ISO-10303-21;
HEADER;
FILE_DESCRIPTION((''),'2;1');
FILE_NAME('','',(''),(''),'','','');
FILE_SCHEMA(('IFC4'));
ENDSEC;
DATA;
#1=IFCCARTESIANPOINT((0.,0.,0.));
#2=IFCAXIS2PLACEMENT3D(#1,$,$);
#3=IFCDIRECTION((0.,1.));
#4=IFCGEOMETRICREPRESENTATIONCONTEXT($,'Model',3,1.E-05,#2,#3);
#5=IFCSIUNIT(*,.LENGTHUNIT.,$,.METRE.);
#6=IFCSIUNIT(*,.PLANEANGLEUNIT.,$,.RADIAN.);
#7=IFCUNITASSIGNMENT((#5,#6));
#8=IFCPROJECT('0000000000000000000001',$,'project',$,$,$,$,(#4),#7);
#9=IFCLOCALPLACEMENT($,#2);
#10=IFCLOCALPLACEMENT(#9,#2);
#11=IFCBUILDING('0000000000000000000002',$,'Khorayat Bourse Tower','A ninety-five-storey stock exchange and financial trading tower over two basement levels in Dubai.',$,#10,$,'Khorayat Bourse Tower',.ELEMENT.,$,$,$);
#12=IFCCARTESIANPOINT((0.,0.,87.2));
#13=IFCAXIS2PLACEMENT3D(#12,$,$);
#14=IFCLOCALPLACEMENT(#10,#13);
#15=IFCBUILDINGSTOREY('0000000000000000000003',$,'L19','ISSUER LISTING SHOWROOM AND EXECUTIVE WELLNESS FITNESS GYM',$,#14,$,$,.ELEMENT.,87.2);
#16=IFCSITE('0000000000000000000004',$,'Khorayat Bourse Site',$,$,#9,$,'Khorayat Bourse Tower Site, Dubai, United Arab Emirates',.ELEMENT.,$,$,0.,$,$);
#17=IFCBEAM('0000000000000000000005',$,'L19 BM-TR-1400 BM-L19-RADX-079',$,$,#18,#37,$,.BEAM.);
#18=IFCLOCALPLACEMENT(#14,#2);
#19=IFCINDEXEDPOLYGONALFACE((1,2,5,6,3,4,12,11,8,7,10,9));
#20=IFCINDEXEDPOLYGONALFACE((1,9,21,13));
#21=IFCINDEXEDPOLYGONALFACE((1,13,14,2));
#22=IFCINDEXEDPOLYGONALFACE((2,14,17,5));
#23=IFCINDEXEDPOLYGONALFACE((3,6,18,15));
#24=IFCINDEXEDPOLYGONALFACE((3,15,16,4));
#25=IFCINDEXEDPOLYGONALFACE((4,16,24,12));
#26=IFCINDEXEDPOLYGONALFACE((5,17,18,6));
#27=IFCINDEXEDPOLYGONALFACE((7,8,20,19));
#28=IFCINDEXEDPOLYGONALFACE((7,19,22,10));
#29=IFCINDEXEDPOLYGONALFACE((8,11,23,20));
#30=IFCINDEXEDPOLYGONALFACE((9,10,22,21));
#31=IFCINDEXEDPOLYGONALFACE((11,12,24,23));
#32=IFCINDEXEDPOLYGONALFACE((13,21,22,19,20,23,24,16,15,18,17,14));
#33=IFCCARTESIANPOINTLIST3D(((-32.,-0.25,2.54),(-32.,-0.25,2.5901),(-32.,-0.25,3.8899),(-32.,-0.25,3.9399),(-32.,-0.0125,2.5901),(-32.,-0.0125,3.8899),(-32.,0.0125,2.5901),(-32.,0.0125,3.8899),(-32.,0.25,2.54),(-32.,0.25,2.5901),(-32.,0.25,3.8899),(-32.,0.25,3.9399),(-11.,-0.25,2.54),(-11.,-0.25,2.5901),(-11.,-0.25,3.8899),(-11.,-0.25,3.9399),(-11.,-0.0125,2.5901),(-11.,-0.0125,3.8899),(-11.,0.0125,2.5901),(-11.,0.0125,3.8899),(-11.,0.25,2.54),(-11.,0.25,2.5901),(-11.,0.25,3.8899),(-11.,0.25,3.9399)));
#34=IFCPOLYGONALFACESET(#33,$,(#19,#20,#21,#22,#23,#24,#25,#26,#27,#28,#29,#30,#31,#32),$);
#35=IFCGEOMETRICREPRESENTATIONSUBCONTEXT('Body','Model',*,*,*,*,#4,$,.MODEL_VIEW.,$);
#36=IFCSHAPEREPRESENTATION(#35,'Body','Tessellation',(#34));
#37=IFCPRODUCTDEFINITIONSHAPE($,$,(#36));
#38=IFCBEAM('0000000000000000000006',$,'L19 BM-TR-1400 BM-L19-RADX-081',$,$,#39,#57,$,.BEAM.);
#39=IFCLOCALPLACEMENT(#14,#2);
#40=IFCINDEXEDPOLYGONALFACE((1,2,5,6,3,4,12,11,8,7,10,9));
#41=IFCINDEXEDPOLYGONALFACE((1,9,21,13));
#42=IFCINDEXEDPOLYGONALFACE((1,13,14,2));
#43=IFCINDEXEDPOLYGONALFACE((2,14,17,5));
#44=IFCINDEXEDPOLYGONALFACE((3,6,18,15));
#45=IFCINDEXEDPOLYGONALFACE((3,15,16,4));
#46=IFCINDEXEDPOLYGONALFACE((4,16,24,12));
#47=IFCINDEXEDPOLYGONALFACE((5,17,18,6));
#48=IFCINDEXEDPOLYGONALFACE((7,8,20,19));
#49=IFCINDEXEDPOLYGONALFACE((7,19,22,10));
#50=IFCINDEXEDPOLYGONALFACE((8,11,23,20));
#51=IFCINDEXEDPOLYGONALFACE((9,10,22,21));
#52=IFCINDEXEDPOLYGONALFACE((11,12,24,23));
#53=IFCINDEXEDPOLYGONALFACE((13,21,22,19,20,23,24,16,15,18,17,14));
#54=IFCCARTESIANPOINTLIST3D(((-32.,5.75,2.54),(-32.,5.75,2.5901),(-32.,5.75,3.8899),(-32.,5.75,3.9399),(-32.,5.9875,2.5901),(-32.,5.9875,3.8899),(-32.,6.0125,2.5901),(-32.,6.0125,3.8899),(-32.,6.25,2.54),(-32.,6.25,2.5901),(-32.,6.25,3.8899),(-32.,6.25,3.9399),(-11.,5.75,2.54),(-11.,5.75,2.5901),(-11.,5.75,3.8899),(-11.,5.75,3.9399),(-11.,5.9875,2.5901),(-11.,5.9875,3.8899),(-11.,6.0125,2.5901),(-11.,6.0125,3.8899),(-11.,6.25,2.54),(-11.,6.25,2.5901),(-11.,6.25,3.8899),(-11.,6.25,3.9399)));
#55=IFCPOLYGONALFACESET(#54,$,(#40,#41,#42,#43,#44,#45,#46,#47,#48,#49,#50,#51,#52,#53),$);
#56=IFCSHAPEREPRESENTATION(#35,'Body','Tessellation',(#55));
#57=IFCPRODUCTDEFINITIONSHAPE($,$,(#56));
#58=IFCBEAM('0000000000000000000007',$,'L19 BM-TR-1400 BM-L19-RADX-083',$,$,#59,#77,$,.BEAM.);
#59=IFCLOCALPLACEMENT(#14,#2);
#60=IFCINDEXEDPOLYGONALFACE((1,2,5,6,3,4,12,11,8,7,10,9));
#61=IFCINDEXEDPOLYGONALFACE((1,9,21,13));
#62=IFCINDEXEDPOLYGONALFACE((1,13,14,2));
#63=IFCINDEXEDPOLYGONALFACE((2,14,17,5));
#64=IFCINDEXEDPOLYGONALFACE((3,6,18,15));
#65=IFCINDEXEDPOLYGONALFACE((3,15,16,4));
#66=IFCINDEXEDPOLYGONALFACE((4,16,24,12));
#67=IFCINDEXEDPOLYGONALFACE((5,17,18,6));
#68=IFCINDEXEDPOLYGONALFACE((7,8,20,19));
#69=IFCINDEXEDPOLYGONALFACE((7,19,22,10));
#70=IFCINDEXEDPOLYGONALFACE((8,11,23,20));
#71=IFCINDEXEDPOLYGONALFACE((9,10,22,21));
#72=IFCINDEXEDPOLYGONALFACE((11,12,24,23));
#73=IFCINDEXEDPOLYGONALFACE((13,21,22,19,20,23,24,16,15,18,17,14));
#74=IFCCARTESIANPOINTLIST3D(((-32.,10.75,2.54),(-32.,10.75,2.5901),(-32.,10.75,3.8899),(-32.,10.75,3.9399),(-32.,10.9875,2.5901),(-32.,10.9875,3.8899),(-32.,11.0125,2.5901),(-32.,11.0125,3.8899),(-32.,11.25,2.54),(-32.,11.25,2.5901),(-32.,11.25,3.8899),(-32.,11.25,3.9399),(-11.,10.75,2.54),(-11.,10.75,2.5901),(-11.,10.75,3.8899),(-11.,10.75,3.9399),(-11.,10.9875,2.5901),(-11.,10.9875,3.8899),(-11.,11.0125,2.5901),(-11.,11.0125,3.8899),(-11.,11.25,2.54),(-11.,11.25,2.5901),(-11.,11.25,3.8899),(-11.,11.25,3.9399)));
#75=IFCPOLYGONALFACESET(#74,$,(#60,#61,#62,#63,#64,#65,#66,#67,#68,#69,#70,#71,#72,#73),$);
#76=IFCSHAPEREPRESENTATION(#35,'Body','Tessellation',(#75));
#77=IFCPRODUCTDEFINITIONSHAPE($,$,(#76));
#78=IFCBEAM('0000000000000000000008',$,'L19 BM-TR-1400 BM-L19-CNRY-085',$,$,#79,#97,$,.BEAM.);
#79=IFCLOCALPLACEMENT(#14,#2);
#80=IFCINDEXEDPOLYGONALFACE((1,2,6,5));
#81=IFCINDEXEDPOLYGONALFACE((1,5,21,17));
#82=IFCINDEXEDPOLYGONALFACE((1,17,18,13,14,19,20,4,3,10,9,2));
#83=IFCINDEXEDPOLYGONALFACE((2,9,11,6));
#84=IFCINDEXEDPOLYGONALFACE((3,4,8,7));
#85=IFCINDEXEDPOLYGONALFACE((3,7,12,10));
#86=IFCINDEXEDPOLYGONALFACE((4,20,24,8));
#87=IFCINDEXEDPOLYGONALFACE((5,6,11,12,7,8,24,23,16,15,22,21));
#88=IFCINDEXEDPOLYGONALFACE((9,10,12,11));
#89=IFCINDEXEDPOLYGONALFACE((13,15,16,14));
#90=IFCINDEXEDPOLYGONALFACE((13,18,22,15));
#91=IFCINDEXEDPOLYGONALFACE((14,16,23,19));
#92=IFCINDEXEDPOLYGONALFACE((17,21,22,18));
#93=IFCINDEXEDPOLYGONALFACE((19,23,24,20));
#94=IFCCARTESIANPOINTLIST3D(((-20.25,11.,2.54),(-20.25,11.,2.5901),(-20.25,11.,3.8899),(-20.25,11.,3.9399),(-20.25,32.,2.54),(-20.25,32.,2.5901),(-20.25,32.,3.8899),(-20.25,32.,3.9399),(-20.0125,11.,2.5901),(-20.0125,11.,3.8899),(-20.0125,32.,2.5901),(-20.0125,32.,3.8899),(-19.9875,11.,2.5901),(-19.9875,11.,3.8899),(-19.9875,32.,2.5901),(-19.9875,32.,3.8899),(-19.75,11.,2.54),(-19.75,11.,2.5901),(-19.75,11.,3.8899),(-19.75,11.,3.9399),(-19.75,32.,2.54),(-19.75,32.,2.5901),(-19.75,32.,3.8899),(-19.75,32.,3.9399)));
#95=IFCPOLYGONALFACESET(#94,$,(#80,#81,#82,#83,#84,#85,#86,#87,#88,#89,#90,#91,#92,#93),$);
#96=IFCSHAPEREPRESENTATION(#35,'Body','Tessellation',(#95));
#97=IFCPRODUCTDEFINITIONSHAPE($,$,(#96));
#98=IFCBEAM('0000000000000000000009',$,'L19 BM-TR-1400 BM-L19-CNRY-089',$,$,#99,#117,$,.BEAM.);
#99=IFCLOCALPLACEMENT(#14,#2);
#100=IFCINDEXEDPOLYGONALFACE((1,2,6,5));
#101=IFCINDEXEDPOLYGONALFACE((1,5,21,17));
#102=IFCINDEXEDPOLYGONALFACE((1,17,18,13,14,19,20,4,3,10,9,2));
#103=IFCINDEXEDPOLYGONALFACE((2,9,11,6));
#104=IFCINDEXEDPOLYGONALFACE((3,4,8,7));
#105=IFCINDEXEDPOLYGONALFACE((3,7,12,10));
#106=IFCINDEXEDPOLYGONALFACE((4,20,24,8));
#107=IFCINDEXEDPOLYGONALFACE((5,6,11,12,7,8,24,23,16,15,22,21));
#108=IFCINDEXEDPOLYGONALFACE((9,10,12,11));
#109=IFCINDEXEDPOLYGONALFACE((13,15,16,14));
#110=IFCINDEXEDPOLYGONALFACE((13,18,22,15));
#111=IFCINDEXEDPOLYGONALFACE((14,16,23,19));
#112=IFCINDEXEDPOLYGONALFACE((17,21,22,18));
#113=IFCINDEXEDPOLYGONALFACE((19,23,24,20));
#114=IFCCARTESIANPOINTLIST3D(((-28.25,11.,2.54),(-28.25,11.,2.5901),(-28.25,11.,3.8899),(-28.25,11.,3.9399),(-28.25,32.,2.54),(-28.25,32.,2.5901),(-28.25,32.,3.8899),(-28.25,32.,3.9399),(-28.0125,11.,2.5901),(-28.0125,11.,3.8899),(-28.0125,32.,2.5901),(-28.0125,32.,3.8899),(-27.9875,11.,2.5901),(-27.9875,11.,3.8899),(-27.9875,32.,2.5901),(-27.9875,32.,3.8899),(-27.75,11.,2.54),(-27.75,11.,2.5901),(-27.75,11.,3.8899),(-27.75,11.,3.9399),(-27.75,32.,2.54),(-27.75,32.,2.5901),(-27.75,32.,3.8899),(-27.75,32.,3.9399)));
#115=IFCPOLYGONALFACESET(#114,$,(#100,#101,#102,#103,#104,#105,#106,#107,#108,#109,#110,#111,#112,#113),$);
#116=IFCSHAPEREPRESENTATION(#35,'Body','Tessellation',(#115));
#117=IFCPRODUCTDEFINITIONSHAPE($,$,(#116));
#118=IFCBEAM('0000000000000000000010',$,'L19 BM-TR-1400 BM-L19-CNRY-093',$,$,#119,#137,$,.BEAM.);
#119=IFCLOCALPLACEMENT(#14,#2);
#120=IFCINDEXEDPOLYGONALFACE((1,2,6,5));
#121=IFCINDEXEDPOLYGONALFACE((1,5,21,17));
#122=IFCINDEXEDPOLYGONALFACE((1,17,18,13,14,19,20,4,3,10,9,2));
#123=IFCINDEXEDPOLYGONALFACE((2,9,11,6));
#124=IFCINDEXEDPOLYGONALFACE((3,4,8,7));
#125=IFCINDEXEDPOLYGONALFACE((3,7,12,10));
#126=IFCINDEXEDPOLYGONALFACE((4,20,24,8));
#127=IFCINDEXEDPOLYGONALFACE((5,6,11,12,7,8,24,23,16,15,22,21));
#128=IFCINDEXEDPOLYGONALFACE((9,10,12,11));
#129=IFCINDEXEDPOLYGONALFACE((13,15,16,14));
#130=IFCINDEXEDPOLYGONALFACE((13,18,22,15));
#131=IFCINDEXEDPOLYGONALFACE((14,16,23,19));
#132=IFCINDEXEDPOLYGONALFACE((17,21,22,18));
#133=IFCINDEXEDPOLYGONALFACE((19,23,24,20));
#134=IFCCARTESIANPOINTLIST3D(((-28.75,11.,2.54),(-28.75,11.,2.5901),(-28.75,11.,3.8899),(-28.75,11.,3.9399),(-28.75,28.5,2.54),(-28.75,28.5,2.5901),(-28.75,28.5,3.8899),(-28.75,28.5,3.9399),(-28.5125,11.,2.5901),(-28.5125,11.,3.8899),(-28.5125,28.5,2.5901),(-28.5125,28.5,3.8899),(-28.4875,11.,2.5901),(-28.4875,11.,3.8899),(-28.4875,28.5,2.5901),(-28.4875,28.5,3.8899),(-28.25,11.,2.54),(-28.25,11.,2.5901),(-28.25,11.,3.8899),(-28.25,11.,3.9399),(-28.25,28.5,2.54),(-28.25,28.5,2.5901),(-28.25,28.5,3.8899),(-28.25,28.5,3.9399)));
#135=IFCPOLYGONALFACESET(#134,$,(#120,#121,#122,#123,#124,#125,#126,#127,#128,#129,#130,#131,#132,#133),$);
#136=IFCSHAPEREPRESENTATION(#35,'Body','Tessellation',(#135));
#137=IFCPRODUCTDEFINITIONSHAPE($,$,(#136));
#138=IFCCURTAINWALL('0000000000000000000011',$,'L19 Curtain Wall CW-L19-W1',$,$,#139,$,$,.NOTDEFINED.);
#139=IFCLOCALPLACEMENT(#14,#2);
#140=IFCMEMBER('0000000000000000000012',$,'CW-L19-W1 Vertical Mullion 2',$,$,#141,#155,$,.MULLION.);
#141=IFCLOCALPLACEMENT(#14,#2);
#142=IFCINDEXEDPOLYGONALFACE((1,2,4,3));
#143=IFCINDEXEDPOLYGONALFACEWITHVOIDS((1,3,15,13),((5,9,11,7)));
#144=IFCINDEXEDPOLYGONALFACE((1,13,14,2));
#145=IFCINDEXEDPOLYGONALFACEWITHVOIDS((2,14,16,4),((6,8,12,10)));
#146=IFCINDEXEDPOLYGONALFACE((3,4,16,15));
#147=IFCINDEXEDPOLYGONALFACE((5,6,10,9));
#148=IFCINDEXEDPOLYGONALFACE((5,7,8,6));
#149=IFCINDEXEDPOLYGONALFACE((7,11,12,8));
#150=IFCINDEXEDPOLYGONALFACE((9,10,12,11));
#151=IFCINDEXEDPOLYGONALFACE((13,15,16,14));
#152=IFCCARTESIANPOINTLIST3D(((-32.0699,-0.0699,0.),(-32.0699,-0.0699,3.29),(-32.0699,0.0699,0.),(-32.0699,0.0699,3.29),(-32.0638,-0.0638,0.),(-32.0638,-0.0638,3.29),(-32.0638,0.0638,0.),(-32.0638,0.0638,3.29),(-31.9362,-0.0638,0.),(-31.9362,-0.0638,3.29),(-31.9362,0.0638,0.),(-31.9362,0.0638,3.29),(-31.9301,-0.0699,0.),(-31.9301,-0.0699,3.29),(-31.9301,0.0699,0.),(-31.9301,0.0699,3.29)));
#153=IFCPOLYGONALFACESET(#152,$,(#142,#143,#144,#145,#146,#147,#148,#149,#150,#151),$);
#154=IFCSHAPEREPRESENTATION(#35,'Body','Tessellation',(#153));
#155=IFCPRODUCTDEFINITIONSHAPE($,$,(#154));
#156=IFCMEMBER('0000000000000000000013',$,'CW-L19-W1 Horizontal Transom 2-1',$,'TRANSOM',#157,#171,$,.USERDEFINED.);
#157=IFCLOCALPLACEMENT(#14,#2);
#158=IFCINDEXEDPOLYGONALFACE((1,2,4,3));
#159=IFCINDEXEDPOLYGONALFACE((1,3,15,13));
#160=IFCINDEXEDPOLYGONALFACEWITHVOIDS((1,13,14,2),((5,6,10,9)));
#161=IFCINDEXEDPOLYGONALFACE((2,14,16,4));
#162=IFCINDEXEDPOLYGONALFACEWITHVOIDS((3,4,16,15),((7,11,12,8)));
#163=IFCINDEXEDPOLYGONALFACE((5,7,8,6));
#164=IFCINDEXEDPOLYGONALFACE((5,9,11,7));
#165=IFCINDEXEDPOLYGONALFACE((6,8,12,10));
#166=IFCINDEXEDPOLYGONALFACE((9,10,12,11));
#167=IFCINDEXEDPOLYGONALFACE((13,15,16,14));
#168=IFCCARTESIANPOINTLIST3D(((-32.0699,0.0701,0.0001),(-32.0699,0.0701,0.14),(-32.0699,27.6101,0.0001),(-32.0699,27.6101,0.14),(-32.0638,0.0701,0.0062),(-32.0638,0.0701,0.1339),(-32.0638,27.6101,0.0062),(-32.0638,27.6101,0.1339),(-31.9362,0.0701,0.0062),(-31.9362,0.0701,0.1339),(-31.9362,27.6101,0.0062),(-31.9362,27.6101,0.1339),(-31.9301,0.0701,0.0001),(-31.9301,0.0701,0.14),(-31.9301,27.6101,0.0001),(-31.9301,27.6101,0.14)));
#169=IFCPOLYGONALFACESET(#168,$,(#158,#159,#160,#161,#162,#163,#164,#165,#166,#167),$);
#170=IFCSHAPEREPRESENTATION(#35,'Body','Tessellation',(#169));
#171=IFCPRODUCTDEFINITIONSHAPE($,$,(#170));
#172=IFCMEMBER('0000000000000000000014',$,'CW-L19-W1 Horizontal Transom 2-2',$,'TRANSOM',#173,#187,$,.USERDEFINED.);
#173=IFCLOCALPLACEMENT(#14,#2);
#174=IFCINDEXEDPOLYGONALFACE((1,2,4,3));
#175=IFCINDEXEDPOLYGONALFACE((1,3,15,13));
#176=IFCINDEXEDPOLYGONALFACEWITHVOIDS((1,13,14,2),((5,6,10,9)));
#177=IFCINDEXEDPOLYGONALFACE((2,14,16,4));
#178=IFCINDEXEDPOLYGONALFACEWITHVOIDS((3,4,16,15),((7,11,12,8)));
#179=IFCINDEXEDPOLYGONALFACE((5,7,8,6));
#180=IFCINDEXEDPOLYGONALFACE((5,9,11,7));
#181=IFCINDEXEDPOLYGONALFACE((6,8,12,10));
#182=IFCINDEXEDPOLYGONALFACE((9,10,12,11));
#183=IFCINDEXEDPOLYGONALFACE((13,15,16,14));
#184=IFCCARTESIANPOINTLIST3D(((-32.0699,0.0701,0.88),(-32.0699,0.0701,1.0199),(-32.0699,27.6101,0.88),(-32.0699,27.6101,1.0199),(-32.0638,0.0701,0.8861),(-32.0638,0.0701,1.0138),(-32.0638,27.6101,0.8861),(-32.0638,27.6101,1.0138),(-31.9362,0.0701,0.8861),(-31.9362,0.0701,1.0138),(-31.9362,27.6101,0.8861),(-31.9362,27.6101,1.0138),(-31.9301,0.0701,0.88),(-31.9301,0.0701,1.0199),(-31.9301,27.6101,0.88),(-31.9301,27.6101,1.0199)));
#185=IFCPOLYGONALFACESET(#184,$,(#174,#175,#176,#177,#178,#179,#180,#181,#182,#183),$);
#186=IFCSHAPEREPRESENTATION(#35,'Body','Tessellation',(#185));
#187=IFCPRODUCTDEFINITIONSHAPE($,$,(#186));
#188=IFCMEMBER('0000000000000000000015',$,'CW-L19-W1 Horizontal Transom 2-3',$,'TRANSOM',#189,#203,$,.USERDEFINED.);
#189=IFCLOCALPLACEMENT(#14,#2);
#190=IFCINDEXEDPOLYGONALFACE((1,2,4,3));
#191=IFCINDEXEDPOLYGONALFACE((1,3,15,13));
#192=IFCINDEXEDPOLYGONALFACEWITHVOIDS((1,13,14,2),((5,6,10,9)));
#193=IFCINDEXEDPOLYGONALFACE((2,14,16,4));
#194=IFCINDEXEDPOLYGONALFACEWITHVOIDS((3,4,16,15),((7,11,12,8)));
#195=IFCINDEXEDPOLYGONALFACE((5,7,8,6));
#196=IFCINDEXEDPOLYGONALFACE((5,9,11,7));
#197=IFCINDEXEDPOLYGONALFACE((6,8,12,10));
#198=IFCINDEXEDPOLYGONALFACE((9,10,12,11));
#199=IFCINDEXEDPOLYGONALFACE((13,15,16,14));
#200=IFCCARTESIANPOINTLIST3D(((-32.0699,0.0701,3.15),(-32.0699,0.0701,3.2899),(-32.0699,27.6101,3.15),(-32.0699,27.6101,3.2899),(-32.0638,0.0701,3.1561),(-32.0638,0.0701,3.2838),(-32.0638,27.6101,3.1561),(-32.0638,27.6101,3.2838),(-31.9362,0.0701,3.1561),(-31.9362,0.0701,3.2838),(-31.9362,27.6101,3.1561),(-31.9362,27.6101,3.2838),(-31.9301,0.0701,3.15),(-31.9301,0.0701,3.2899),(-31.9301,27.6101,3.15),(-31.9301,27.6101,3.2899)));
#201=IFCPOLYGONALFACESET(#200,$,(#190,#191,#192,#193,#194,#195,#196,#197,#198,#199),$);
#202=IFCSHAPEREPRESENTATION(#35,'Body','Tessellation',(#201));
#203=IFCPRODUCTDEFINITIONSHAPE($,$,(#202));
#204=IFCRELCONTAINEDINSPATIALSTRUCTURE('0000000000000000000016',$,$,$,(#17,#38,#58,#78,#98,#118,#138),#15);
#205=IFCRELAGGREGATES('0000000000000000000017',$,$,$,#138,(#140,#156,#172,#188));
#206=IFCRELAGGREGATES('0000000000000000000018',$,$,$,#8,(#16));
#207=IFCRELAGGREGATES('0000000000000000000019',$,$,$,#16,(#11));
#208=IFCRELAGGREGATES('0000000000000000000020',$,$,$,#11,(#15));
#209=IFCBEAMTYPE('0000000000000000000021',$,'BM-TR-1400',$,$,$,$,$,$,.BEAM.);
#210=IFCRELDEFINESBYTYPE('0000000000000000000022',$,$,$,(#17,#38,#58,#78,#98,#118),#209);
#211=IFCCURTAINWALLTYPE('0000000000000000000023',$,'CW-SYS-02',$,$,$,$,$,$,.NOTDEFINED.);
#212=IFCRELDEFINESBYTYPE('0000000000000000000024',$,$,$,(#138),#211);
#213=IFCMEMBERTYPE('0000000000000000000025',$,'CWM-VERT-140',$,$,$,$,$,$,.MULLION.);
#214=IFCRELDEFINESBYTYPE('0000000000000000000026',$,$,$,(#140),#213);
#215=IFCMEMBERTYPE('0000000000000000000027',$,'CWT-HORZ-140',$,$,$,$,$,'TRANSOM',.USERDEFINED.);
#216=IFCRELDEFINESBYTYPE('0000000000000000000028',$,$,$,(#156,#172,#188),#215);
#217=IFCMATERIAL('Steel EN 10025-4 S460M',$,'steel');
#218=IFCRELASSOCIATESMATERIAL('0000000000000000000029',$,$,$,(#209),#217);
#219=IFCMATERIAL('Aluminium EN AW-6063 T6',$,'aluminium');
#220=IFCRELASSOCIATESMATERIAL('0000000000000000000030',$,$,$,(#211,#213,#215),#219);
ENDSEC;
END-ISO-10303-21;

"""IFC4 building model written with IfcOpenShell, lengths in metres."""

from ifc_helpers import new_model, si_unit, direction, frame, origin, origin_2d, place, context, subcontext, project, spatial, hollow_rectangle, i_section, extrude, source, transform, mapped, material, material_profile, profile_set, type_object, element, aggregate, save


model = new_model("IFC4")

# Units and contexts
model_context = context("Model", 3, precision=1e-05, world=origin(), true_north=direction((0.0, 1.0)))
body_context = subcontext(model_context, "Body", "Model", "MODEL_VIEW")
ifc_project = project(units=[si_unit("LENGTHUNIT", "METRE"), si_unit("PLANEANGLEUNIT", "RADIAN")], contexts=[model_context])

# Site, building, storey
site_placement = place(None, origin())
site = spatial("IfcSite", under=ifc_project, at=site_placement, Name="Khorayat Bourse Site", LongName="Khorayat Bourse Tower Site, Dubai, United Arab Emirates", CompositionType="ELEMENT", RefElevation=0.0)
building_placement = place(site_placement, origin())
building = spatial("IfcBuilding", under=site, at=building_placement, Name="Khorayat Bourse Tower", Description="A ninety-five-storey stock exchange and financial trading tower over two basement levels in Dubai.", LongName="Khorayat Bourse Tower", CompositionType="ELEMENT")
storey_placement = place(building_placement, frame((0.0, 0.0, 87.2)))
storey = spatial("IfcBuildingStorey", under=building, at=storey_placement, Name="L19", Description="ISSUER LISTING SHOWROOM AND EXECUTIVE WELLNESS FITNESS GYM", CompositionType="ELEMENT", Elevation=87.2)

# Shared definitions
ifc_material_1 = material(Name="Steel EN 10025-4 S460M", Category="steel")

# Beams
ifc_material_profile_1 = material_profile(ifc_material_1, i_section(OverallWidth=0.5, OverallDepth=1.3999, WebThickness=0.0249, FlangeThickness=0.05, at=origin_2d()), Name="PG 1400x500x25x50")
ifc_profile_set_1 = profile_set([ifc_material_profile_1], Name="Steel EN 10025-4 S460M")
beam_type_1 = type_object("IfcBeamType", Name="BM-TR-1400", PredefinedType="BEAM", material=ifc_profile_set_1)
shared_shape_1 = source(origin(), body_context, "Body", "SweptSolid", [
    extrude(i_section(OverallWidth=0.5, OverallDepth=1.3999, WebThickness=0.0249, FlangeThickness=0.05, at=origin_2d()), origin(), (0.0, 0.0, 1.0), 21.0),
])
for number, where, z_axis, x_axis, name in (
    (1, (-32.0, 0.0, 3.24), (1.0, 0.0, 0.0), (0.0, 1.0, 0.0), "L19 BM-TR-1400 BM-L19-RADX-079"),
    (2, (-32.0, 6.0, 3.24), (1.0, 0.0, 0.0), (0.0, 1.0, 0.0), "L19 BM-TR-1400 BM-L19-RADX-081"),
    (3, (-32.0, 11.0, 3.24), (1.0, 0.0, 0.0), (0.0, 1.0, 0.0), "L19 BM-TR-1400 BM-L19-RADX-083"),
    (4, (-20.0, 11.0, 3.24), (0.0, 1.0, 0.0), (-1.0, 0.0, 0.0), "L19 BM-TR-1400 BM-L19-CNRY-085"),
    (5, (-28.0, 11.0, 3.24), (0.0, 1.0, 0.0), (-1.0, 0.0, 0.0), "L19 BM-TR-1400 BM-L19-CNRY-089"),
):
    element("IfcBeam", number, at=place(storey_placement, frame(where, z_axis=z_axis, x_axis=x_axis)), inside=storey, type_object=beam_type_1, Name=name, PredefinedType="BEAM", context=body_context, shape_type="MappedRepresentation", body=[
        mapped(shared_shape_1, transform((0.0, 0.0, 0.0), scale=1.0)),
    ])
shared_shape_2 = source(origin(), body_context, "Body", "SweptSolid", [
    extrude(i_section(OverallWidth=0.5, OverallDepth=1.3999, WebThickness=0.0249, FlangeThickness=0.05, at=origin_2d()), origin(), (0.0, 0.0, 1.0), 17.5),
])
beam_1_placement = place(storey_placement, frame((-28.5, 11.0, 3.24), z_axis=(0.0, 1.0, 0.0), x_axis=(-1.0, 0.0, 0.0)))
element("IfcBeam", 6, at=beam_1_placement, inside=storey, type_object=beam_type_1, Name="L19 BM-TR-1400 BM-L19-CNRY-093", PredefinedType="BEAM", context=body_context, shape_type="MappedRepresentation", body=[
    mapped(shared_shape_2, transform((0.0, 0.0, 0.0), scale=1.0)),
])

# Curtain wall, members
ifc_material_2 = material(Name="Aluminium EN AW-6063 T6", Category="aluminium")
curtain_wall_type = type_object("IfcCurtainWallType", Name="CW-SYS-02", PredefinedType="NOTDEFINED", material=ifc_material_2)
curtain_wall_placement = place(storey_placement, origin())
curtain_wall = element("IfcCurtainWall", 7, at=curtain_wall_placement, inside=storey, type_object=curtain_wall_type, Name="L19 Curtain Wall CW-L19-W1", PredefinedType="NOTDEFINED")
ifc_material_profile_2 = material_profile(ifc_material_2, hollow_rectangle(XDim=0.1399, YDim=0.1399, WallThickness=0.0061, at=origin_2d()), Name="ALU 140x140x6")
ifc_profile_set_2 = profile_set([ifc_material_profile_2], Name="Aluminium EN AW-6063 T6")
member_type_1 = type_object("IfcMemberType", Name="CWM-VERT-140", PredefinedType="MULLION", material=ifc_profile_set_2)
shared_shape_3 = source(origin(), body_context, "Body", "SweptSolid", [
    extrude(hollow_rectangle(XDim=0.1399, YDim=0.1399, WallThickness=0.0061, at=origin_2d()), origin(), (0.0, 0.0, 1.0), 3.29),
])
member_1_placement = place(storey_placement, frame((-32.0, 0.0, 0.0), z_axis=(0.0, 0.0, 1.0), x_axis=(-1.0, 0.0, 0.0)))
member_1 = element("IfcMember", 8, at=member_1_placement, type_object=member_type_1, Name="CW-L19-W1 Vertical Mullion 2", PredefinedType="MULLION", context=body_context, shape_type="MappedRepresentation", body=[
    mapped(shared_shape_3, transform((0.0, 0.0, 0.0), scale=1.0)),
])
ifc_material_profile_3 = material_profile(ifc_material_2, hollow_rectangle(XDim=0.1399, YDim=0.1399, WallThickness=0.0061, at=origin_2d()), Name="ALU 140x140x6")
ifc_profile_set_3 = profile_set([ifc_material_profile_3], Name="Aluminium EN AW-6063 T6")
member_type_2 = type_object("IfcMemberType", Name="CWT-HORZ-140", ElementType="TRANSOM", PredefinedType="USERDEFINED", material=ifc_profile_set_3)
shared_shape_4 = source(origin(), body_context, "Body", "SweptSolid", [
    extrude(hollow_rectangle(XDim=0.1399, YDim=0.1399, WallThickness=0.0061, at=origin_2d()), origin(), (0.0, 0.0, 1.0), 27.54),
])
member_2_placement = place(storey_placement, frame((-32.0, 0.0701, 0.0701), z_axis=(0.0, 1.0, 0.0), x_axis=(-1.0, 0.0, 0.0)))
member_2 = element("IfcMember", 9, at=member_2_placement, type_object=member_type_2, Name="CW-L19-W1 Horizontal Transom 2-1", ObjectType="TRANSOM", PredefinedType="USERDEFINED", context=body_context, shape_type="MappedRepresentation", body=[
    mapped(shared_shape_4, transform((0.0, 0.0, 0.0), scale=1.0)),
])
member_3_placement = place(storey_placement, frame((-32.0, 0.0701, 0.95), z_axis=(0.0, 1.0, 0.0), x_axis=(-1.0, 0.0, 0.0)))
member_3 = element("IfcMember", 10, at=member_3_placement, type_object=member_type_2, Name="CW-L19-W1 Horizontal Transom 2-2", ObjectType="TRANSOM", PredefinedType="USERDEFINED", context=body_context, shape_type="MappedRepresentation", body=[
    mapped(shared_shape_4, transform((0.0, 0.0, 0.0), scale=1.0)),
])
member_4_placement = place(storey_placement, frame((-32.0, 0.0701, 3.22), z_axis=(0.0, 1.0, 0.0), x_axis=(-1.0, 0.0, 0.0)))
member_4 = element("IfcMember", 11, at=member_4_placement, type_object=member_type_2, Name="CW-L19-W1 Horizontal Transom 2-3", ObjectType="TRANSOM", PredefinedType="USERDEFINED", context=body_context, shape_type="MappedRepresentation", body=[
    mapped(shared_shape_4, transform((0.0, 0.0, 0.0), scale=1.0)),
])
aggregate(curtain_wall, [member_1, member_2, member_3, member_4])

save(model, "model.ifc")
